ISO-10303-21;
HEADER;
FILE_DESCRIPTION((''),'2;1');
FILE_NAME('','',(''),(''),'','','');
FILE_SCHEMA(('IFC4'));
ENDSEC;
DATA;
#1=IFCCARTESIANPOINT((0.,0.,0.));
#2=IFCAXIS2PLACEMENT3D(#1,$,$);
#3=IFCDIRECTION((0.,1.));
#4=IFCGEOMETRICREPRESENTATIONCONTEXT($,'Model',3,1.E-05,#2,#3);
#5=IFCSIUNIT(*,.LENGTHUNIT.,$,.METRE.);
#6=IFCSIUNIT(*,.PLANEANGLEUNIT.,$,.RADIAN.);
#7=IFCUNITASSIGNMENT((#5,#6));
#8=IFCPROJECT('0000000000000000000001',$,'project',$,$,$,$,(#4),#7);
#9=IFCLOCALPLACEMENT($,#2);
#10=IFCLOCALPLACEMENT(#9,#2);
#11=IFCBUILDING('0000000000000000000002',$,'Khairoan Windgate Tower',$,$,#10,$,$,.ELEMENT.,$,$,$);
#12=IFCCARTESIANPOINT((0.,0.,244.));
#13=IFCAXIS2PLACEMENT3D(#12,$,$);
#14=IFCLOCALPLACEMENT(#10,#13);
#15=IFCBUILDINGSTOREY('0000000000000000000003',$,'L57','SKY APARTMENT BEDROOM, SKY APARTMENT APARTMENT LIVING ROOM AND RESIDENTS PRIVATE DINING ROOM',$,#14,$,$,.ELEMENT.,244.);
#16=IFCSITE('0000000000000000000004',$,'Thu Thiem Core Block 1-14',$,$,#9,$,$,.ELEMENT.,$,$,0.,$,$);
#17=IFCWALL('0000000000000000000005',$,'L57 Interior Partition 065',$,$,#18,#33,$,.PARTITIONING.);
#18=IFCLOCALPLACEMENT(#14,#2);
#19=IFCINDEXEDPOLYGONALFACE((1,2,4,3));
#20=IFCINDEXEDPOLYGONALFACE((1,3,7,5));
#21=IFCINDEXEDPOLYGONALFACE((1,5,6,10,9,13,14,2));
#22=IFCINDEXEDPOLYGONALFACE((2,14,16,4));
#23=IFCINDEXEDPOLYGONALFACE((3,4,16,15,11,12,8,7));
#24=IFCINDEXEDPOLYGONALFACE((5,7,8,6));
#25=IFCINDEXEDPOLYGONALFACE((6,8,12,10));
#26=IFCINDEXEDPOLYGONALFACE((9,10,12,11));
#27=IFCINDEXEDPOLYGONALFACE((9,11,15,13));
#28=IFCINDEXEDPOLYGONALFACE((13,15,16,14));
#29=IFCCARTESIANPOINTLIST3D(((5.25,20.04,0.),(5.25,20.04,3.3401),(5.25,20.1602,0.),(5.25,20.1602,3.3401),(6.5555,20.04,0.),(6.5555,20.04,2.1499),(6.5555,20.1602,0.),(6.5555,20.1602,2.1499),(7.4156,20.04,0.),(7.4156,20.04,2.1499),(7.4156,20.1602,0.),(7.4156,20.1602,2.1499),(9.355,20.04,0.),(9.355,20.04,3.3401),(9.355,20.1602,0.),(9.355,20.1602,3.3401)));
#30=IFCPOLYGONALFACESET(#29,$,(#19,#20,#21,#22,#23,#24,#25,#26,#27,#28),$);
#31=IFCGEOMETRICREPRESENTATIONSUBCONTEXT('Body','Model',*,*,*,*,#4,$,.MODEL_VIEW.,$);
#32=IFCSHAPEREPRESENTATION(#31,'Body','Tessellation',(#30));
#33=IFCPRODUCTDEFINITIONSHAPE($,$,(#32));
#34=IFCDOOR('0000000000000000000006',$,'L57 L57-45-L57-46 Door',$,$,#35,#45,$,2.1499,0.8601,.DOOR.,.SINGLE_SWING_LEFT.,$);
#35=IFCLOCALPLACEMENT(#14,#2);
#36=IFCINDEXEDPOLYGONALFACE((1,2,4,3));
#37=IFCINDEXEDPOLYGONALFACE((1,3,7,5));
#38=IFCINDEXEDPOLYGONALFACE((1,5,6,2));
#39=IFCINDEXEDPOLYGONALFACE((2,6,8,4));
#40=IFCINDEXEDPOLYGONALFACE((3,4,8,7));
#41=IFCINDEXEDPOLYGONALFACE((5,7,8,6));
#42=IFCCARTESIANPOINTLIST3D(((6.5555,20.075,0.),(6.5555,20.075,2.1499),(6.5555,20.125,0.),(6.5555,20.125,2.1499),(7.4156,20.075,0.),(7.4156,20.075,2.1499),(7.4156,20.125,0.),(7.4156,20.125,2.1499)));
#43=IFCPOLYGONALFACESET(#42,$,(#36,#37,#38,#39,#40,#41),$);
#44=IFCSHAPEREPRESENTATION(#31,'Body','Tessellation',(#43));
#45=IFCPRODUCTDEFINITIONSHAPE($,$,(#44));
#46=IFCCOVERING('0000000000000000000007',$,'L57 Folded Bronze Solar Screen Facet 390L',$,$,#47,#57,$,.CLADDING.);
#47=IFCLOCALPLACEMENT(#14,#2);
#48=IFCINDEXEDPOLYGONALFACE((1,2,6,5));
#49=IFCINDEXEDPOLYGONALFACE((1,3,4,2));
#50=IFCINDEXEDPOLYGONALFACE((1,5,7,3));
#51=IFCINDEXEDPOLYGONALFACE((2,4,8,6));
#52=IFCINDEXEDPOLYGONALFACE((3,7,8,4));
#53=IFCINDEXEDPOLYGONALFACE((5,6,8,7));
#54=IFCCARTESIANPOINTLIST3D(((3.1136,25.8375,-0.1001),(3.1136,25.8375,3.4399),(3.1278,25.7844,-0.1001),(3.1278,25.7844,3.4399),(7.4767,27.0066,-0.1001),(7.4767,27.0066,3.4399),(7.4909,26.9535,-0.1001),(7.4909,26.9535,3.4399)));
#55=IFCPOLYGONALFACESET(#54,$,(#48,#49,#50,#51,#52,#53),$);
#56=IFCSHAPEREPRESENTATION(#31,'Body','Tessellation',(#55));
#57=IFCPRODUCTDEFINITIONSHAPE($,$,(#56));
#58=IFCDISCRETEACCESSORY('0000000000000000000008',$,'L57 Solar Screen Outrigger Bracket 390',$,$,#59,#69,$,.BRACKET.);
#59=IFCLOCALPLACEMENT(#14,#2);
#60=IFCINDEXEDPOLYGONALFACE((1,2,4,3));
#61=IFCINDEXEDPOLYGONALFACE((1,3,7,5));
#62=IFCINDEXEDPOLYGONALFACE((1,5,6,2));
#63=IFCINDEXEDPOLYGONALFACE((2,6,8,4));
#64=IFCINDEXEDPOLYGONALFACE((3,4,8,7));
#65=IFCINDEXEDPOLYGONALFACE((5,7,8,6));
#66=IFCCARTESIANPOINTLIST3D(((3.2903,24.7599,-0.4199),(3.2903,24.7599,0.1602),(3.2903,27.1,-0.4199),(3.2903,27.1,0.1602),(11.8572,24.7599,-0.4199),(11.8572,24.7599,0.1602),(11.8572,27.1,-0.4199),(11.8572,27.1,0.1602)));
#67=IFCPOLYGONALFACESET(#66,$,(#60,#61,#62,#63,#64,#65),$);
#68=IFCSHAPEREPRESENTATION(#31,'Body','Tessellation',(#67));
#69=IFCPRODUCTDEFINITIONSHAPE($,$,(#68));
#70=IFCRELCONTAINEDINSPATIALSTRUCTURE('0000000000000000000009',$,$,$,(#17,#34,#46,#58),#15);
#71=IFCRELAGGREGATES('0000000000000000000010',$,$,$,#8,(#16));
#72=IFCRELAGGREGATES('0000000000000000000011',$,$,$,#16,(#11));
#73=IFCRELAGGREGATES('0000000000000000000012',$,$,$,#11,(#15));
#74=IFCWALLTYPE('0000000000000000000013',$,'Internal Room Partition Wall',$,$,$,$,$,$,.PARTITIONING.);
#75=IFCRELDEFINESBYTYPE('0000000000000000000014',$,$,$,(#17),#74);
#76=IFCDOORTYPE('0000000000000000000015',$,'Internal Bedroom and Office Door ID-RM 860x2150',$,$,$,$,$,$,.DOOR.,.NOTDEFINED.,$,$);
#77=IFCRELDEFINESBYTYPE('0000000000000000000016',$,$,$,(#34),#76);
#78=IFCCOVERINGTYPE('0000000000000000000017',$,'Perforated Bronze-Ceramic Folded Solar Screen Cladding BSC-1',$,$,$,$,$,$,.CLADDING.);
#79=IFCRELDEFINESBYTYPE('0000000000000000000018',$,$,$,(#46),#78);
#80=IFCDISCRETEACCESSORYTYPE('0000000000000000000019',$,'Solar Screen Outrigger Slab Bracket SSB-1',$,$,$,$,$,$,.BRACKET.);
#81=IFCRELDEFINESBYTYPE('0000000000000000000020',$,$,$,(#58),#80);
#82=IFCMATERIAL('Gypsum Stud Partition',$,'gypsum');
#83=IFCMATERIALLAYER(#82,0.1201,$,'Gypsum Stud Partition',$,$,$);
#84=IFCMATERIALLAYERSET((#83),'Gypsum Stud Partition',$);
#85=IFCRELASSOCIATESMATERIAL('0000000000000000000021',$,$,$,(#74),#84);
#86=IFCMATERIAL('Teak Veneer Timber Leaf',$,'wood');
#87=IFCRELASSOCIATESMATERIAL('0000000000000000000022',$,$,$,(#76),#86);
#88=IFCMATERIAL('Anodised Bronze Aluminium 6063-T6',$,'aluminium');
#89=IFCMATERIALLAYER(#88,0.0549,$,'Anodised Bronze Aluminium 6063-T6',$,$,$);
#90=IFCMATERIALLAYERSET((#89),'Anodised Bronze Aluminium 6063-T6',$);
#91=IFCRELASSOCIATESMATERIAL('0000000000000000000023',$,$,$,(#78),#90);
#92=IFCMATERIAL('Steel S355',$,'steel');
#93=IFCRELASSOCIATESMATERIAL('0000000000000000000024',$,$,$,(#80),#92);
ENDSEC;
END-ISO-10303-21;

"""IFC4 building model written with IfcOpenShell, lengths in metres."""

from ifc_helpers import new_model, si_unit, direction, frame, frame_2d, origin, origin_2d, place, context, subcontext, project, spatial, rectangle, extrude, material, layer, layer_set, type_object, element, fill, save


model = new_model("IFC4")

# Units and contexts
model_context = context("Model", 3, precision=1e-05, world=origin(), true_north=direction((0.0, 1.0)))
body_context = subcontext(model_context, "Body", "Model", "MODEL_VIEW")
ifc_project = project(units=[si_unit("LENGTHUNIT", "METRE"), si_unit("PLANEANGLEUNIT", "RADIAN")], contexts=[model_context])

# Site, building, storey
site_placement = place(None, origin())
site = spatial("IfcSite", under=ifc_project, at=site_placement, Name="Thu Thiem Core Block 1-14", CompositionType="ELEMENT", RefElevation=0.0)
building_placement = place(site_placement, origin())
building = spatial("IfcBuilding", under=site, at=building_placement, Name="Khairoan Windgate Tower", CompositionType="ELEMENT")
storey_placement = place(building_placement, frame((0.0, 0.0, 244.0)))
storey = spatial("IfcBuildingStorey", under=building, at=storey_placement, Name="L57", Description="SKY APARTMENT BEDROOM, SKY APARTMENT APARTMENT LIVING ROOM AND RESIDENTS PRIVATE DINING ROOM", CompositionType="ELEMENT", Elevation=244.0)

# Shared definitions
ifc_material_1 = material(Name="Gypsum Stud Partition", Category="gypsum")
ifc_layer_1 = layer(ifc_material_1, 0.1201, Name="Gypsum Stud Partition")
ifc_layer_set_1 = layer_set([ifc_layer_1], Name="Gypsum Stud Partition")
wall_type_1 = type_object("IfcWallType", Name="Internal Room Partition Wall", PredefinedType="PARTITIONING", material=ifc_layer_set_1)

# Shared definitions
ifc_material_2 = material(Name="Teak Veneer Timber Leaf", Category="wood")
door_type_1 = type_object("IfcDoorType", Name="Internal Bedroom and Office Door ID-RM 860x2150", OperationType="NOTDEFINED", PredefinedType="DOOR", material=ifc_material_2)

# Wall, opening, door
wall_1_placement = place(storey_placement, frame((5.25, 20.1001, 0.0), z_axis=(0.0, 0.0, 1.0), x_axis=(1.0, 0.0, 0.0)))
wall_1 = element("IfcWall", 1, at=wall_1_placement, inside=storey, type_object=wall_type_1, Name="L57 Interior Partition 065", PredefinedType="PARTITIONING", context=body_context, shape_type="SweptSolid", body=[
    extrude(rectangle(XDim=4.105, YDim=0.1201, at=frame_2d((2.0525, 0.0))), origin(), (0.0, 0.0, 1.0), 3.3401),
])
opening_1_placement = place(wall_1_placement, frame((1.3054, 0.0, 0.0)))
opening_1 = element("IfcOpeningElement", 2, at=opening_1_placement, cuts=wall_1, PredefinedType="OPENING", context=body_context, shape_type="SweptSolid", body=[
    extrude(rectangle(XDim=0.8601, YDim=2.1499, at=frame_2d((0.4302, 1.075))), frame((0.0, 0.0701, 0.0), z_axis=(0.0, -1.0, 0.0), x_axis=(1.0, 0.0, 0.0)), (0.0, 0.0, 1.0), 0.1401),
])
door_1_placement = place(opening_1_placement, origin())
door_1 = element("IfcDoor", 3, at=door_1_placement, inside=storey, type_object=door_type_1, Name="L57 L57-45-L57-46 Door", OperationType="SINGLE_SWING_LEFT", OverallHeight=2.1499, OverallWidth=0.8601, PredefinedType="DOOR", context=body_context, shape_type="SweptSolid", body=[
    extrude(rectangle(XDim=0.8601, YDim=2.1499, at=frame_2d((0.4302, 1.075))), frame((0.0, 0.0249, 0.0), z_axis=(0.0, -1.0, 0.0), x_axis=(1.0, 0.0, 0.0)), (0.0, 0.0, 1.0), 0.05),
])
fill(opening_1, door_1)

# Covering
ifc_material_3 = material(Name="Anodised Bronze Aluminium 6063-T6", Category="aluminium")
ifc_layer_2 = layer(ifc_material_3, 0.0549, Name="Anodised Bronze Aluminium 6063-T6")
ifc_layer_set_2 = layer_set([ifc_layer_2], Name="Anodised Bronze Aluminium 6063-T6")
covering_type = type_object("IfcCoveringType", Name="Perforated Bronze-Ceramic Folded Solar Screen Cladding BSC-1", PredefinedType="CLADDING", material=ifc_layer_set_2)
covering_placement = place(storey_placement, frame((5.3022, 26.3955, -0.1001), z_axis=(0.0, 0.0, 1.0), x_axis=(0.965926, 0.258819, 0.0)))
element("IfcCovering", 4, at=covering_placement, inside=storey, type_object=covering_type, Name="L57 Folded Bronze Solar Screen Facet 390L", PredefinedType="CLADDING", context=body_context, shape_type="SweptSolid", body=[
    extrude(rectangle(XDim=4.5171, YDim=0.0549, at=origin_2d()), origin(), (0.0, 0.0, 1.0), 3.54),
])

# Discrete accessory
ifc_material_4 = material(Name="Steel S355", Category="steel")
discrete_accessory_type = type_object("IfcDiscreteAccessoryType", Name="Solar Screen Outrigger Slab Bracket SSB-1", PredefinedType="BRACKET", material=ifc_material_4)
discrete_accessory_placement = place(storey_placement, frame((7.5737, 25.9299, -0.4199), z_axis=(0.0, 0.0, 1.0), x_axis=(1.0, 0.0, 0.0)))
element("IfcDiscreteAccessory", 5, at=discrete_accessory_placement, inside=storey, type_object=discrete_accessory_type, Name="L57 Solar Screen Outrigger Bracket 390", PredefinedType="BRACKET", context=body_context, shape_type="SweptSolid", body=[
    extrude(rectangle(XDim=8.5669, YDim=2.3401, at=origin_2d()), origin(), (0.0, 0.0, 1.0), 0.5801),
])

save(model, "model.ifc")
